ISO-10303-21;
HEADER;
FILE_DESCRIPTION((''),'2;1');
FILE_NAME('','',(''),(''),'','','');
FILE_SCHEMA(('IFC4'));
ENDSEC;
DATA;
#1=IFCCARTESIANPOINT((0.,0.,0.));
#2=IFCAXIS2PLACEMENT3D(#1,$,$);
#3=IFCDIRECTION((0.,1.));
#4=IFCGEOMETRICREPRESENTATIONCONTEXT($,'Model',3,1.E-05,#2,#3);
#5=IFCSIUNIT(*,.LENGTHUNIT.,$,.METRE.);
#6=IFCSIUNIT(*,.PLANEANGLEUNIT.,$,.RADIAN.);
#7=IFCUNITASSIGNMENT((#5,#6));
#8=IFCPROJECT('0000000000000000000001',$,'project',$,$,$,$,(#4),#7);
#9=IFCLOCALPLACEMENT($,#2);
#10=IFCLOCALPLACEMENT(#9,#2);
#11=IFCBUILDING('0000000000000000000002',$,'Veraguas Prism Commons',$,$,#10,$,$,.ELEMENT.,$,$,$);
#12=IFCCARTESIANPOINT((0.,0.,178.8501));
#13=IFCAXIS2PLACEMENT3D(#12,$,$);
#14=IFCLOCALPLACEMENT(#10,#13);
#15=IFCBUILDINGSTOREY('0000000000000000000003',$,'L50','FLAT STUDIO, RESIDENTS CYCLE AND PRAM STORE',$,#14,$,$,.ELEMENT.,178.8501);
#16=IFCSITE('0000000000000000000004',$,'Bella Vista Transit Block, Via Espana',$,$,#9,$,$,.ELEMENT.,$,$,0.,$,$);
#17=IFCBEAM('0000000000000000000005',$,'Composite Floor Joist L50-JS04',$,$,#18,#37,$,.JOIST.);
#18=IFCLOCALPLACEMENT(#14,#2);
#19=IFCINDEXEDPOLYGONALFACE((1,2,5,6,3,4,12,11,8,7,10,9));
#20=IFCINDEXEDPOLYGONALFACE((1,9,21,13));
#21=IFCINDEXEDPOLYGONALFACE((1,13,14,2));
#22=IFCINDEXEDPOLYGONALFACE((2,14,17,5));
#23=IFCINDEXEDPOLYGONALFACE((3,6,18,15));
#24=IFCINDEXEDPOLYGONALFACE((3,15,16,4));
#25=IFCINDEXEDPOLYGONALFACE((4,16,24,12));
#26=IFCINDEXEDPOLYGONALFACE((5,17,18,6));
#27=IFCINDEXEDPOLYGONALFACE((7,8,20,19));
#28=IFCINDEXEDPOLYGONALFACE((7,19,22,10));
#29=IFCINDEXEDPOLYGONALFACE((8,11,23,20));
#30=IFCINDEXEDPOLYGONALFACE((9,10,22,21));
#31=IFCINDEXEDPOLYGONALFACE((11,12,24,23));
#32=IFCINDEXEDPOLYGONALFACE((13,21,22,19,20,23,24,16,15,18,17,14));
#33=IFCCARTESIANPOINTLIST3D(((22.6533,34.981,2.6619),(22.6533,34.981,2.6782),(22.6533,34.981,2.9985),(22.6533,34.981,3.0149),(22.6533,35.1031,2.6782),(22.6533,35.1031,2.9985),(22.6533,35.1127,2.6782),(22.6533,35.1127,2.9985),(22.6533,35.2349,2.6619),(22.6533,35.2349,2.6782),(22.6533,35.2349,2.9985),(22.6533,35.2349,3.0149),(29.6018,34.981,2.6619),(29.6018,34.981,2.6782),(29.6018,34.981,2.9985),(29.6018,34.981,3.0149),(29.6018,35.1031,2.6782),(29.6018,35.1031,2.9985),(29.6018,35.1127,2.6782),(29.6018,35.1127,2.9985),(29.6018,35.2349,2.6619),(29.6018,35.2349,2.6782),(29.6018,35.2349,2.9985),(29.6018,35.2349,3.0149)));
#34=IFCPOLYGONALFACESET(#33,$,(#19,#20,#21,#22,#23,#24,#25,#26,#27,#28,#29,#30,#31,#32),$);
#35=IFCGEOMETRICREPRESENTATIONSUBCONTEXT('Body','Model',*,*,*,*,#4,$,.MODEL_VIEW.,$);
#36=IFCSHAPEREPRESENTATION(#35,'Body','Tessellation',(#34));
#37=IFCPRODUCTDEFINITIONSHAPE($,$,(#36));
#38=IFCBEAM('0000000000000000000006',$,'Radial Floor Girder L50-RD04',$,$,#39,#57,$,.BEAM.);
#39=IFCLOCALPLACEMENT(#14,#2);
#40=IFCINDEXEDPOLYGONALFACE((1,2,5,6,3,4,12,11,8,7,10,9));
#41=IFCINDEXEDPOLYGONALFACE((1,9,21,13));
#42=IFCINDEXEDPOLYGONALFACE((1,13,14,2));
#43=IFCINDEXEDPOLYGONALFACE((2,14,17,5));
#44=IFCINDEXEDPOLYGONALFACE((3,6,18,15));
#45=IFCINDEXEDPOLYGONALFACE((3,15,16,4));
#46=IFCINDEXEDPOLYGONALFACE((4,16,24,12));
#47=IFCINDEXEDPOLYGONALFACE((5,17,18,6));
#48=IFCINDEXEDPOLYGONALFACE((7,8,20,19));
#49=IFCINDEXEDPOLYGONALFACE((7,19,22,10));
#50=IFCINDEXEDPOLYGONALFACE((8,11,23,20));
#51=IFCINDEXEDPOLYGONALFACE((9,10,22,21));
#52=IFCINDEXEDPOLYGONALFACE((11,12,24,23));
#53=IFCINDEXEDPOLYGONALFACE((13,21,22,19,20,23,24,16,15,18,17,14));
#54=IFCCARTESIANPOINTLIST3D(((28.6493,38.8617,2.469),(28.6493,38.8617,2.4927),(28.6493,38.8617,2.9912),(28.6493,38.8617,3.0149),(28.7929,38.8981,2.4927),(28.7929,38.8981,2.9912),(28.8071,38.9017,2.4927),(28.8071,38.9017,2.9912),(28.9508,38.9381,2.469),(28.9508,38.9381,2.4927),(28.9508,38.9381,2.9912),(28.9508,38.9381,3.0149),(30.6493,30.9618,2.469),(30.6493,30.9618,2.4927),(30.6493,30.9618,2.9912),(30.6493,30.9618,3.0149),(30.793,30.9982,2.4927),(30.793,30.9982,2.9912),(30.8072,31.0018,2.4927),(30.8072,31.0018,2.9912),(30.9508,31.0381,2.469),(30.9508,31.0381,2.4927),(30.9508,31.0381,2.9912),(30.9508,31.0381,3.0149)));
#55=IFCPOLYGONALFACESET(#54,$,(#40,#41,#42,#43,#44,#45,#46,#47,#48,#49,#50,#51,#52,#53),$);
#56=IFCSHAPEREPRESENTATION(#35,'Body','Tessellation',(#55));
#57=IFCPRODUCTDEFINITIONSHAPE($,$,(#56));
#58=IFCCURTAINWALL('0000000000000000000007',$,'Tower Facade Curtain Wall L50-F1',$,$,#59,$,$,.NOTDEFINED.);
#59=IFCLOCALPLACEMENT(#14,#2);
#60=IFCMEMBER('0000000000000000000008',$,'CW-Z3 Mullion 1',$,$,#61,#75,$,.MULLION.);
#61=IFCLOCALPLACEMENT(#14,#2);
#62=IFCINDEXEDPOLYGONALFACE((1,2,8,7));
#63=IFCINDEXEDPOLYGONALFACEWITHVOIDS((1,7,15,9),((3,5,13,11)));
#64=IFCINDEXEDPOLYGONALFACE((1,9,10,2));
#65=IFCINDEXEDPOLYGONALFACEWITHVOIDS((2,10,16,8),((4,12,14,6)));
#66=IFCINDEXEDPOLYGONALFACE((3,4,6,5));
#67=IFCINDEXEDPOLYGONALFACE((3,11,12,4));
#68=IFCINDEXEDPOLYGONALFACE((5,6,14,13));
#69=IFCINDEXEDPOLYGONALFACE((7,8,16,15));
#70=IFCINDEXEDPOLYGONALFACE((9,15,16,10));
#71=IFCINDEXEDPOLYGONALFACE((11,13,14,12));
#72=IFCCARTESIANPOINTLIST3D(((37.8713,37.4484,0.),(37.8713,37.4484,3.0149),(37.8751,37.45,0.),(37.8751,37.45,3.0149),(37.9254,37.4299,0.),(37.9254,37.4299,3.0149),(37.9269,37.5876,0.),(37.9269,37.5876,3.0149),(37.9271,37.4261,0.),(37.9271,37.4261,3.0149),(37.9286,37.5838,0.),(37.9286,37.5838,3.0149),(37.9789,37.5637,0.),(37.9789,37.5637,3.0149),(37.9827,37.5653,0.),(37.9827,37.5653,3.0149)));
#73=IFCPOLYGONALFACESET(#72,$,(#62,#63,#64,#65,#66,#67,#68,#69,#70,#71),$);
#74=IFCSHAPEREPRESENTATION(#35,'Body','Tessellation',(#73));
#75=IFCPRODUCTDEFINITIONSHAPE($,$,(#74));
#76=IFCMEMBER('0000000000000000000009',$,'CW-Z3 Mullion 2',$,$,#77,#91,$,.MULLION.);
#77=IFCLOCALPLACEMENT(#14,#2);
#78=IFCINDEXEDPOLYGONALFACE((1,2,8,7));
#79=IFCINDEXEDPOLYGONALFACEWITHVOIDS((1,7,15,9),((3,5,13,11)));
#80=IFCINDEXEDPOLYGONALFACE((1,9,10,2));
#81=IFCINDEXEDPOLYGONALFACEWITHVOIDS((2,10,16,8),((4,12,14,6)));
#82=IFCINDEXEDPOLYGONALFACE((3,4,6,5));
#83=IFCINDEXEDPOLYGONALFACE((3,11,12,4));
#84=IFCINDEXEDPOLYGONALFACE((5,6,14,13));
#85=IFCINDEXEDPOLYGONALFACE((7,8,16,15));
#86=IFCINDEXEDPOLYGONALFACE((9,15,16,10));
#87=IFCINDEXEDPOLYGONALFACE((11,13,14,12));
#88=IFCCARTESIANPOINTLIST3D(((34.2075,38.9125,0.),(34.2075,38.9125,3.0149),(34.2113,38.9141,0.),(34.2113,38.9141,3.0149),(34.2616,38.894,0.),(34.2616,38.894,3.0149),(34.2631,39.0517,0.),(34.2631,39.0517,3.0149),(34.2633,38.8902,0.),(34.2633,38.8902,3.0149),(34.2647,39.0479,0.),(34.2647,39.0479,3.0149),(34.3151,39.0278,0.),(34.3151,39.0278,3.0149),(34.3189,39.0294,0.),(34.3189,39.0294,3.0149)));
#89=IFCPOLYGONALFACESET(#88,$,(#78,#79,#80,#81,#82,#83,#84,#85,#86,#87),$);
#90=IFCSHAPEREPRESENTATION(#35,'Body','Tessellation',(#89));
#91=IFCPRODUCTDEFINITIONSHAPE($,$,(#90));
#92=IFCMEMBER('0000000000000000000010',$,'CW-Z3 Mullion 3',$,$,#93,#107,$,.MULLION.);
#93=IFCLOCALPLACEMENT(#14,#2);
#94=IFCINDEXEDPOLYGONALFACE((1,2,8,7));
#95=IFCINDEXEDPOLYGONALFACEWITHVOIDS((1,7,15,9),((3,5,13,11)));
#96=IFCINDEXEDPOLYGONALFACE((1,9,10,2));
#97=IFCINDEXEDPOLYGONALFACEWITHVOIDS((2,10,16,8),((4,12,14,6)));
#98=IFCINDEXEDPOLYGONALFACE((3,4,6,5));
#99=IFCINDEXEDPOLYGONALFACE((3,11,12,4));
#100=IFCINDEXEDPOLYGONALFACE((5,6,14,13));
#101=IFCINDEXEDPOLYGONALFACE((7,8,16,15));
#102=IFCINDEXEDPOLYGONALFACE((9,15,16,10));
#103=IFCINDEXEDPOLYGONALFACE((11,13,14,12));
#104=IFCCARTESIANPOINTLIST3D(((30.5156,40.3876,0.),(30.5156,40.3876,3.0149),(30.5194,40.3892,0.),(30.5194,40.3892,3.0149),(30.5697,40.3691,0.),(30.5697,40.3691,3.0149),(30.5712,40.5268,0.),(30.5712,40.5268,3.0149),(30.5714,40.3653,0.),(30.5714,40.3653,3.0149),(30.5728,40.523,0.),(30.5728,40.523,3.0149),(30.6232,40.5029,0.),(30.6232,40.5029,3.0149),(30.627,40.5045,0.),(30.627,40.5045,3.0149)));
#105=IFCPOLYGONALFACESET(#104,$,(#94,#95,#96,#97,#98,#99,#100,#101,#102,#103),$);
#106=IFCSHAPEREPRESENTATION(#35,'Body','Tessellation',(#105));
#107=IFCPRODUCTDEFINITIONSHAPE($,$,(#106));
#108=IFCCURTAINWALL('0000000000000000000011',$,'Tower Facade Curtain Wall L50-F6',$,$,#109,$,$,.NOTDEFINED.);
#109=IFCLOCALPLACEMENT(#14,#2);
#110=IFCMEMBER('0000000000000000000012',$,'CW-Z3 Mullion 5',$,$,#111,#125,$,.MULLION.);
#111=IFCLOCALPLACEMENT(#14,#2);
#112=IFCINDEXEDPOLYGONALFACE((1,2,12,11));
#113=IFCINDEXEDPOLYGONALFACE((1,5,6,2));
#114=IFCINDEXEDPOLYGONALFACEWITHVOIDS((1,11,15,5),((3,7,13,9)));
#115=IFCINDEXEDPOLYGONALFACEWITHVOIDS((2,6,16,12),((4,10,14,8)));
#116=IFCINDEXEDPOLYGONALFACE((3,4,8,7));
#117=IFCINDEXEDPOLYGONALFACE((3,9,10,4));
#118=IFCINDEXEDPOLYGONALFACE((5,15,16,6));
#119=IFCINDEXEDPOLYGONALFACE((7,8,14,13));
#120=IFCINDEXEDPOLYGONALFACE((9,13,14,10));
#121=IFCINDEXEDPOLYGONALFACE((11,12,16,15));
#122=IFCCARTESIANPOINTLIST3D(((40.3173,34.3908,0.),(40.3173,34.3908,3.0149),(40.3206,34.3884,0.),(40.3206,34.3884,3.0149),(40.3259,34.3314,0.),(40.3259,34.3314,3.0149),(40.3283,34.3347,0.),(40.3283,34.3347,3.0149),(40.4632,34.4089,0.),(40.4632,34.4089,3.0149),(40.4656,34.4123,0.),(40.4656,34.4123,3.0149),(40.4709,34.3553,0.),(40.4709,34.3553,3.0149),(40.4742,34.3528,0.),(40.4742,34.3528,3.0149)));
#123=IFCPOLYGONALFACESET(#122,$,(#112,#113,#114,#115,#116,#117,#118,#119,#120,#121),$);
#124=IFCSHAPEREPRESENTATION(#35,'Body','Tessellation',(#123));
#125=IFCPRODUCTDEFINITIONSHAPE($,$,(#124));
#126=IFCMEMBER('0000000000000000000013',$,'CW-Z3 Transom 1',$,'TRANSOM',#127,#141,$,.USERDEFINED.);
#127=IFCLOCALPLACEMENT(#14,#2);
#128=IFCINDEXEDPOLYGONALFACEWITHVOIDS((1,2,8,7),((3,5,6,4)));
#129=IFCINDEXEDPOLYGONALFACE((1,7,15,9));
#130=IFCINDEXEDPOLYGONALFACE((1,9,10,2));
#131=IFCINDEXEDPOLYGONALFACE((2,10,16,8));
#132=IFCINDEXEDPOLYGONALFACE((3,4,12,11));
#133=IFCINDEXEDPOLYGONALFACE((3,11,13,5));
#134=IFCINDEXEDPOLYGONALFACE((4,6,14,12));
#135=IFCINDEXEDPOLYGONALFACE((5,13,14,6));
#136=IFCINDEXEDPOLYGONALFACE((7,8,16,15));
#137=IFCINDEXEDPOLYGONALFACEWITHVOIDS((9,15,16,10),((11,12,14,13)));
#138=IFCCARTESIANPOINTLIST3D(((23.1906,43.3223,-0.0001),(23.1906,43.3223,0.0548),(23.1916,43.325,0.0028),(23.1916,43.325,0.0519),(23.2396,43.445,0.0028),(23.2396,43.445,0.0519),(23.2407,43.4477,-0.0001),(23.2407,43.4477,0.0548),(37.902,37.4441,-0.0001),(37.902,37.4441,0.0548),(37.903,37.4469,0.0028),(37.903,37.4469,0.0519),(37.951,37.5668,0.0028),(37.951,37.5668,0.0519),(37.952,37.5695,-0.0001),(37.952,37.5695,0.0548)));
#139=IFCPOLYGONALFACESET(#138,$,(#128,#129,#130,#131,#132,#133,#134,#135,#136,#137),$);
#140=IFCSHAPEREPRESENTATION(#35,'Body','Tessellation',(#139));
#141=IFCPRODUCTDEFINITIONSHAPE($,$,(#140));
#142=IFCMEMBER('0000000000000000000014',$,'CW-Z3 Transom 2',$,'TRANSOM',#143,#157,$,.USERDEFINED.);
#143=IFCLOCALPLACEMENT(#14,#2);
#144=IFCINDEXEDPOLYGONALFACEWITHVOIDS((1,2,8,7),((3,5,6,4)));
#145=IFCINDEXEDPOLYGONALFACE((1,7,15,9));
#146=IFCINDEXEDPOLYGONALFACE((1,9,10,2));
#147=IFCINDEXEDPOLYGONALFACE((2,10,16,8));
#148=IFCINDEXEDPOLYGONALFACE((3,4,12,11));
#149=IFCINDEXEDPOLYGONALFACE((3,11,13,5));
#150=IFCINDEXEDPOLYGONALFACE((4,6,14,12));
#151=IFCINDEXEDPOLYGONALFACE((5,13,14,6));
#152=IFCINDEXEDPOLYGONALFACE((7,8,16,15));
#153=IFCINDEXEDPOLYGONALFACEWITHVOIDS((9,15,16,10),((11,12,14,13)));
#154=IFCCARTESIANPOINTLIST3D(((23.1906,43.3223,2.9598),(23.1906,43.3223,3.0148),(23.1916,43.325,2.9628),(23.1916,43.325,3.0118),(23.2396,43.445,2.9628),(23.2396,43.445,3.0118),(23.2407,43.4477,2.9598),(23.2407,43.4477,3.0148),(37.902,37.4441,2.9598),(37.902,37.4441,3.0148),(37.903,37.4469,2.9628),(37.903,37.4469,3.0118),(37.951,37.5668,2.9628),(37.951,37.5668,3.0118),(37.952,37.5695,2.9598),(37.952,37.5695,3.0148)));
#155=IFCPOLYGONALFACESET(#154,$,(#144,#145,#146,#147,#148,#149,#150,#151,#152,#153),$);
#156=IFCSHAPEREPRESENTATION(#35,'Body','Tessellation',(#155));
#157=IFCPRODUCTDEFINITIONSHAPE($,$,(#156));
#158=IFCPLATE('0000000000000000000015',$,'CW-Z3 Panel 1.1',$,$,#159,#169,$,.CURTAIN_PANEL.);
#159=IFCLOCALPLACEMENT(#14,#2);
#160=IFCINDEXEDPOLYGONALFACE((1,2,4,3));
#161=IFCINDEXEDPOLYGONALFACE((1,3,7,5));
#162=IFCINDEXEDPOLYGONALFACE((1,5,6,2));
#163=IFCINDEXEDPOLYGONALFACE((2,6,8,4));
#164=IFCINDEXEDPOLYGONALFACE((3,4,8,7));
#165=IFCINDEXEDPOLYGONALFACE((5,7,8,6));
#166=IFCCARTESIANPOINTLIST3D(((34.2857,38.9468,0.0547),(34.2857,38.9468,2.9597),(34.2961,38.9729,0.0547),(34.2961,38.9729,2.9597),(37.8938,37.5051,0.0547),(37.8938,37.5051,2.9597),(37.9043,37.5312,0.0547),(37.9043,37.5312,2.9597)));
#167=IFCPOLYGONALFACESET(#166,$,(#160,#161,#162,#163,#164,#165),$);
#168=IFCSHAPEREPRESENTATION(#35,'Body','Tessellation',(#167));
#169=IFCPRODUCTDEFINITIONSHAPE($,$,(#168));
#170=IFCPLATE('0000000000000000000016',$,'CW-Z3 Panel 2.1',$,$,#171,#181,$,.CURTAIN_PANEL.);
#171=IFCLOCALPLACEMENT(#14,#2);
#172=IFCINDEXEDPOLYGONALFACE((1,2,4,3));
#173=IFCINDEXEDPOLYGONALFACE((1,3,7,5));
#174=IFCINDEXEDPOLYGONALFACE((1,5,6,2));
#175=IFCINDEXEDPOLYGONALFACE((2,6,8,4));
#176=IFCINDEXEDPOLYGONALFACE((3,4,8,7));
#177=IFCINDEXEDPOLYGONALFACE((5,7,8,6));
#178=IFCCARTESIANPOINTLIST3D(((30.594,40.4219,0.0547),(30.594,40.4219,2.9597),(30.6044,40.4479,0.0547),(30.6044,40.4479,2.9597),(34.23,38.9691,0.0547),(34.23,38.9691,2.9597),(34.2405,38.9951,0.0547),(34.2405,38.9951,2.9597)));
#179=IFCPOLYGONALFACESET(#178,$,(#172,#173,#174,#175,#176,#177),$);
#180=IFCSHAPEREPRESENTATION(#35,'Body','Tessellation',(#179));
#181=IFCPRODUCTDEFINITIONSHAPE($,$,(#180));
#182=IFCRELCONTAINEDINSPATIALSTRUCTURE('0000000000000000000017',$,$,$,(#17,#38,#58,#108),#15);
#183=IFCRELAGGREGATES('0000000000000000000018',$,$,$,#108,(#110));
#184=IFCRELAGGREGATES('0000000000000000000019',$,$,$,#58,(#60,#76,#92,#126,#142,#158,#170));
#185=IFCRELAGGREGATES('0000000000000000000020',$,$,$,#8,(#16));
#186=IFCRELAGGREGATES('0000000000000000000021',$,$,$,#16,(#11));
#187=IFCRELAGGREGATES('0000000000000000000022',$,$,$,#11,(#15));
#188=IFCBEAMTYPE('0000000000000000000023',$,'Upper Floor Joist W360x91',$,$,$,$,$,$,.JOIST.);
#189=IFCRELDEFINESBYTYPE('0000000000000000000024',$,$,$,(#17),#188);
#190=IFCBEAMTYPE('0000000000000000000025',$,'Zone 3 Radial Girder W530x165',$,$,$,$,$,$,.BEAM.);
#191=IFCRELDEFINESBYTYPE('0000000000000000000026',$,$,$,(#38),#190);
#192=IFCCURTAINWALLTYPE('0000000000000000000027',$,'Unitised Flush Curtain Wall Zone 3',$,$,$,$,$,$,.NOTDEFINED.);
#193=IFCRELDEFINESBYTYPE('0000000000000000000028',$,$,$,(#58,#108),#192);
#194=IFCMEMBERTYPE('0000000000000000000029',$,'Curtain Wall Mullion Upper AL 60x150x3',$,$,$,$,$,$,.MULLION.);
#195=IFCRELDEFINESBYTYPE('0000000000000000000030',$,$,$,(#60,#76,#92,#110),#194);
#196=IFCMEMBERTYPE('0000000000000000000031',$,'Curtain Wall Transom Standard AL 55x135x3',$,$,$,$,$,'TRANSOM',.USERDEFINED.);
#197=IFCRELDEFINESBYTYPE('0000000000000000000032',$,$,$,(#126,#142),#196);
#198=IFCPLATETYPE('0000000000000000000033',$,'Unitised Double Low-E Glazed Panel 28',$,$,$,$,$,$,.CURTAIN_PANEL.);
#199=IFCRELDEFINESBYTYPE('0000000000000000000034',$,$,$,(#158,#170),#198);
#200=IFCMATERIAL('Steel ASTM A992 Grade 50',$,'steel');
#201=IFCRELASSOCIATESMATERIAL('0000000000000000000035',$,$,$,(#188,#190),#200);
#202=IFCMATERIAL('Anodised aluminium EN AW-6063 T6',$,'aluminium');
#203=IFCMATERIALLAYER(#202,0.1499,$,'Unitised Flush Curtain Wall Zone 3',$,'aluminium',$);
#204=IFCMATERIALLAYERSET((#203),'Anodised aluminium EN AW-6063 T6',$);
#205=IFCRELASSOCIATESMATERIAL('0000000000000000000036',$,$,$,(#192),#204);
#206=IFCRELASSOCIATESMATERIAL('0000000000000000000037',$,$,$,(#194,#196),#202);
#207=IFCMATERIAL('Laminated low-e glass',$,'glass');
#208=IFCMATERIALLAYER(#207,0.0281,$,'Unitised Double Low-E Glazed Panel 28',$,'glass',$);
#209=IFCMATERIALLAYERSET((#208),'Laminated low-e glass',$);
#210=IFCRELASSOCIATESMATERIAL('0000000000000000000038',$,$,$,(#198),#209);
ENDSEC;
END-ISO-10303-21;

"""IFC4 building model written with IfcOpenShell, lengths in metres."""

from ifc_helpers import new_model, si_unit, direction, frame, origin, origin_2d, place, context, subcontext, project, spatial, rectangle, hollow_rectangle, i_section, extrude, source, transform, mapped, material, layer, layer_set, material_profile, profile_set, type_object, element, aggregate, save


model = new_model("IFC4")

# Units and contexts
model_context = context("Model", 3, precision=1e-05, world=origin(), true_north=direction((0.0, 1.0)))
body_context = subcontext(model_context, "Body", "Model", "MODEL_VIEW")
ifc_project = project(units=[si_unit("LENGTHUNIT", "METRE"), si_unit("PLANEANGLEUNIT", "RADIAN")], contexts=[model_context])

# Site, building, storey
site_placement = place(None, origin())
site = spatial("IfcSite", under=ifc_project, at=site_placement, Name="Bella Vista Transit Block, Via Espana", CompositionType="ELEMENT", RefElevation=0.0)
building_placement = place(site_placement, origin())
building = spatial("IfcBuilding", under=site, at=building_placement, Name="Veraguas Prism Commons", CompositionType="ELEMENT")
storey_placement = place(building_placement, frame((0.0, 0.0, 178.8501)))
storey = spatial("IfcBuildingStorey", under=building, at=storey_placement, Name="L50", Description="FLAT STUDIO, RESIDENTS CYCLE AND PRAM STORE", CompositionType="ELEMENT", Elevation=178.8501)

# Beams
ifc_material_1 = material(Name="Steel ASTM A992 Grade 50", Category="steel")
ifc_material_profile_1 = material_profile(ifc_material_1, i_section(OverallWidth=0.2539, OverallDepth=0.353, WebThickness=0.0095, FlangeThickness=0.0164, at=origin_2d()), Name="W360X91")
ifc_profile_set_1 = profile_set([ifc_material_profile_1], Name="Steel ASTM A992 Grade 50")
beam_type_1 = type_object("IfcBeamType", Name="Upper Floor Joist W360x91", PredefinedType="JOIST", material=ifc_profile_set_1)
beam_1_placement = place(storey_placement, frame((29.6018, 35.1079, 2.8384), z_axis=(-1.0, 0.0, 0.0), x_axis=(0.0, -1.0, 0.0)))
element("IfcBeam", 1, at=beam_1_placement, inside=storey, type_object=beam_type_1, Name="Composite Floor Joist L50-JS04", PredefinedType="JOIST", context=body_context, shape_type="SweptSolid", body=[
    extrude(i_section(OverallWidth=0.2539, OverallDepth=0.353, WebThickness=0.0095, FlangeThickness=0.0164, at=origin_2d()), origin(), (0.0, 0.0, 1.0), 6.9485),
])
ifc_material_profile_2 = material_profile(ifc_material_1, i_section(OverallWidth=0.311, OverallDepth=0.5459, WebThickness=0.0146, FlangeThickness=0.0237, at=origin_2d()), Name="W530X165")
ifc_profile_set_2 = profile_set([ifc_material_profile_2], Name="Steel ASTM A992 Grade 50")
beam_type_2 = type_object("IfcBeamType", Name="Zone 3 Radial Girder W530x165", PredefinedType="BEAM", material=ifc_profile_set_2)
beam_2_placement = place(storey_placement, frame((28.8, 38.8999, 2.7419), z_axis=(0.245425, -0.969416, 0.0), x_axis=(0.969416, 0.245425, 0.0)))
element("IfcBeam", 2, at=beam_2_placement, inside=storey, type_object=beam_type_2, Name="Radial Floor Girder L50-RD04", PredefinedType="BEAM", context=body_context, shape_type="SweptSolid", body=[
    extrude(i_section(OverallWidth=0.311, OverallDepth=0.5459, WebThickness=0.0146, FlangeThickness=0.0237, at=origin_2d()), origin(), (0.0, 0.0, 1.0), 8.1492),
])

# Curtain wall, members
ifc_material_2 = material(Name="Anodised aluminium EN AW-6063 T6", Category="aluminium")
ifc_layer_1 = layer(ifc_material_2, 0.1499, Name="Unitised Flush Curtain Wall Zone 3", Category="aluminium")
ifc_layer_set_1 = layer_set([ifc_layer_1], Name="Anodised aluminium EN AW-6063 T6")
curtain_wall_type = type_object("IfcCurtainWallType", Name="Unitised Flush Curtain Wall Zone 3", PredefinedType="NOTDEFINED", material=ifc_layer_set_1)
curtain_wall_1_placement = place(storey_placement, origin())
curtain_wall_1 = element("IfcCurtainWall", 3, at=curtain_wall_1_placement, inside=storey, type_object=curtain_wall_type, Name="Tower Facade Curtain Wall L50-F1", PredefinedType="NOTDEFINED")
ifc_material_profile_3 = material_profile(ifc_material_2, hollow_rectangle(XDim=0.0601, YDim=0.1499, WallThickness=0.0029, at=origin_2d()), Name="AL60X150X3")
ifc_profile_set_3 = profile_set([ifc_material_profile_3], Name="Anodised aluminium EN AW-6063 T6")
member_type_1 = type_object("IfcMemberType", Name="Curtain Wall Mullion Upper AL 60x150x3", PredefinedType="MULLION", material=ifc_profile_set_3)
shared_shape_1 = source(origin(), body_context, "Body", "SweptSolid", [
    extrude(hollow_rectangle(XDim=0.0601, YDim=0.1499, WallThickness=0.0029, at=origin_2d()), origin(), (0.0, 0.0, 1.0), 3.0149),
])
member_1_placement = place(storey_placement, frame((37.927, 37.5068, 0.0), z_axis=(0.0, 0.0, 1.0), x_axis=(-0.928618, 0.371037, 0.0)))
member_1 = element("IfcMember", 4, at=member_1_placement, type_object=member_type_1, Name="CW-Z3 Mullion 1", PredefinedType="MULLION", context=body_context, shape_type="MappedRepresentation", body=[
    mapped(shared_shape_1, transform((0.0, 0.0, 0.0), scale=1.0)),
])
member_2_placement = place(storey_placement, frame((34.2632, 38.9709, 0.0), z_axis=(0.0, 0.0, 1.0), x_axis=(-0.928618, 0.371037, 0.0)))
member_2 = element("IfcMember", 5, at=member_2_placement, type_object=member_type_1, Name="CW-Z3 Mullion 2", PredefinedType="MULLION", context=body_context, shape_type="MappedRepresentation", body=[
    mapped(shared_shape_1, transform((0.0, 0.0, 0.0), scale=1.0)),
])
member_3_placement = place(storey_placement, frame((30.5713, 40.446, 0.0), z_axis=(0.0, 0.0, 1.0), x_axis=(-0.928618, 0.371037, 0.0)))
member_3 = element("IfcMember", 6, at=member_3_placement, type_object=member_type_1, Name="CW-Z3 Mullion 3", PredefinedType="MULLION", context=body_context, shape_type="MappedRepresentation", body=[
    mapped(shared_shape_1, transform((0.0, 0.0, 0.0), scale=1.0)),
])

# Curtain wall, member
curtain_wall_2_placement = place(storey_placement, origin())
curtain_wall_2 = element("IfcCurtainWall", 7, at=curtain_wall_2_placement, inside=storey, type_object=curtain_wall_type, Name="Tower Facade Curtain Wall L50-F6", PredefinedType="NOTDEFINED")
member_4_placement = place(storey_placement, frame((40.3958, 34.3718, 0.0), z_axis=(0.0, 0.0, 1.0), x_axis=(-0.142973, 0.989727, 0.0)))
member_4 = element("IfcMember", 8, at=member_4_placement, type_object=member_type_1, Name="CW-Z3 Mullion 5", PredefinedType="MULLION", context=body_context, shape_type="MappedRepresentation", body=[
    mapped(shared_shape_1, transform((0.0, 0.0, 0.0), scale=1.0)),
])
aggregate(curtain_wall_2, [member_4])

# Members
ifc_material_profile_4 = material_profile(ifc_material_2, hollow_rectangle(XDim=0.0549, YDim=0.135, WallThickness=0.0029, at=origin_2d()), Name="AL55X135X3")
ifc_profile_set_4 = profile_set([ifc_material_profile_4], Name="Anodised aluminium EN AW-6063 T6")
member_type_2 = type_object("IfcMemberType", Name="Curtain Wall Transom Standard AL 55x135x3", ElementType="TRANSOM", PredefinedType="USERDEFINED", material=ifc_profile_set_4)
shared_shape_2 = source(origin(), body_context, "Body", "SweptSolid", [
    extrude(hollow_rectangle(XDim=0.0549, YDim=0.135, WallThickness=0.0029, at=origin_2d()), origin(), (0.0, 0.0, 1.0), 15.8423),
])
member_5_placement = place(storey_placement, frame((37.927, 37.5068, 0.0273), z_axis=(-0.928616, 0.371043, 0.0), x_axis=(0.0, 0.0, 1.0)))
member_5 = element("IfcMember", 9, at=member_5_placement, type_object=member_type_2, Name="CW-Z3 Transom 1", ObjectType="TRANSOM", PredefinedType="USERDEFINED", context=body_context, shape_type="MappedRepresentation", body=[
    mapped(shared_shape_2, transform((0.0, 0.0, 0.0), scale=1.0)),
])
member_6_placement = place(storey_placement, frame((37.927, 37.5068, 2.9873), z_axis=(-0.928616, 0.371043, 0.0), x_axis=(0.0, 0.0, 1.0)))
member_6 = element("IfcMember", 10, at=member_6_placement, type_object=member_type_2, Name="CW-Z3 Transom 2", ObjectType="TRANSOM", PredefinedType="USERDEFINED", context=body_context, shape_type="MappedRepresentation", body=[
    mapped(shared_shape_2, transform((0.0, 0.0, 0.0), scale=1.0)),
])

# Plates
ifc_material_3 = material(Name="Laminated low-e glass", Category="glass")
ifc_layer_2 = layer(ifc_material_3, 0.0281, Name="Unitised Double Low-E Glazed Panel 28", Category="glass")
ifc_layer_set_2 = layer_set([ifc_layer_2], Name="Laminated low-e glass")
plate_type = type_object("IfcPlateType", Name="Unitised Double Low-E Glazed Panel 28", PredefinedType="CURTAIN_PANEL", material=ifc_layer_set_2)
shared_shape_3 = source(origin(), body_context, "Body", "SweptSolid", [
    extrude(rectangle(XDim=3.8855, YDim=0.0281, at=origin_2d()), origin(), (0.0, 0.0, 1.0), 2.905),
])
plate_1_placement = place(storey_placement, frame((36.095, 38.239, 0.0547), z_axis=(0.0, 0.0, 1.0), x_axis=(-0.928618, 0.371037, 0.0)))
plate_1 = element("IfcPlate", 11, at=plate_1_placement, type_object=plate_type, Name="CW-Z3 Panel 1.1", PredefinedType="CURTAIN_PANEL", context=body_context, shape_type="MappedRepresentation", body=[
    mapped(shared_shape_3, transform((0.0, 0.0, 0.0), scale=1.0)),
])
shared_shape_4 = source(origin(), body_context, "Body", "SweptSolid", [
    extrude(rectangle(XDim=3.9155, YDim=0.0281, at=origin_2d()), origin(), (0.0, 0.0, 1.0), 2.905),
])
plate_2_placement = place(storey_placement, frame((32.4172, 39.7085, 0.0547), z_axis=(0.0, 0.0, 1.0), x_axis=(-0.928618, 0.371037, 0.0)))
plate_2 = element("IfcPlate", 12, at=plate_2_placement, type_object=plate_type, Name="CW-Z3 Panel 2.1", PredefinedType="CURTAIN_PANEL", context=body_context, shape_type="MappedRepresentation", body=[
    mapped(shared_shape_4, transform((0.0, 0.0, 0.0), scale=1.0)),
])
aggregate(curtain_wall_1, [member_1, member_2, member_3, member_5, member_6, plate_1, plate_2])

save(model, "model.ifc")
